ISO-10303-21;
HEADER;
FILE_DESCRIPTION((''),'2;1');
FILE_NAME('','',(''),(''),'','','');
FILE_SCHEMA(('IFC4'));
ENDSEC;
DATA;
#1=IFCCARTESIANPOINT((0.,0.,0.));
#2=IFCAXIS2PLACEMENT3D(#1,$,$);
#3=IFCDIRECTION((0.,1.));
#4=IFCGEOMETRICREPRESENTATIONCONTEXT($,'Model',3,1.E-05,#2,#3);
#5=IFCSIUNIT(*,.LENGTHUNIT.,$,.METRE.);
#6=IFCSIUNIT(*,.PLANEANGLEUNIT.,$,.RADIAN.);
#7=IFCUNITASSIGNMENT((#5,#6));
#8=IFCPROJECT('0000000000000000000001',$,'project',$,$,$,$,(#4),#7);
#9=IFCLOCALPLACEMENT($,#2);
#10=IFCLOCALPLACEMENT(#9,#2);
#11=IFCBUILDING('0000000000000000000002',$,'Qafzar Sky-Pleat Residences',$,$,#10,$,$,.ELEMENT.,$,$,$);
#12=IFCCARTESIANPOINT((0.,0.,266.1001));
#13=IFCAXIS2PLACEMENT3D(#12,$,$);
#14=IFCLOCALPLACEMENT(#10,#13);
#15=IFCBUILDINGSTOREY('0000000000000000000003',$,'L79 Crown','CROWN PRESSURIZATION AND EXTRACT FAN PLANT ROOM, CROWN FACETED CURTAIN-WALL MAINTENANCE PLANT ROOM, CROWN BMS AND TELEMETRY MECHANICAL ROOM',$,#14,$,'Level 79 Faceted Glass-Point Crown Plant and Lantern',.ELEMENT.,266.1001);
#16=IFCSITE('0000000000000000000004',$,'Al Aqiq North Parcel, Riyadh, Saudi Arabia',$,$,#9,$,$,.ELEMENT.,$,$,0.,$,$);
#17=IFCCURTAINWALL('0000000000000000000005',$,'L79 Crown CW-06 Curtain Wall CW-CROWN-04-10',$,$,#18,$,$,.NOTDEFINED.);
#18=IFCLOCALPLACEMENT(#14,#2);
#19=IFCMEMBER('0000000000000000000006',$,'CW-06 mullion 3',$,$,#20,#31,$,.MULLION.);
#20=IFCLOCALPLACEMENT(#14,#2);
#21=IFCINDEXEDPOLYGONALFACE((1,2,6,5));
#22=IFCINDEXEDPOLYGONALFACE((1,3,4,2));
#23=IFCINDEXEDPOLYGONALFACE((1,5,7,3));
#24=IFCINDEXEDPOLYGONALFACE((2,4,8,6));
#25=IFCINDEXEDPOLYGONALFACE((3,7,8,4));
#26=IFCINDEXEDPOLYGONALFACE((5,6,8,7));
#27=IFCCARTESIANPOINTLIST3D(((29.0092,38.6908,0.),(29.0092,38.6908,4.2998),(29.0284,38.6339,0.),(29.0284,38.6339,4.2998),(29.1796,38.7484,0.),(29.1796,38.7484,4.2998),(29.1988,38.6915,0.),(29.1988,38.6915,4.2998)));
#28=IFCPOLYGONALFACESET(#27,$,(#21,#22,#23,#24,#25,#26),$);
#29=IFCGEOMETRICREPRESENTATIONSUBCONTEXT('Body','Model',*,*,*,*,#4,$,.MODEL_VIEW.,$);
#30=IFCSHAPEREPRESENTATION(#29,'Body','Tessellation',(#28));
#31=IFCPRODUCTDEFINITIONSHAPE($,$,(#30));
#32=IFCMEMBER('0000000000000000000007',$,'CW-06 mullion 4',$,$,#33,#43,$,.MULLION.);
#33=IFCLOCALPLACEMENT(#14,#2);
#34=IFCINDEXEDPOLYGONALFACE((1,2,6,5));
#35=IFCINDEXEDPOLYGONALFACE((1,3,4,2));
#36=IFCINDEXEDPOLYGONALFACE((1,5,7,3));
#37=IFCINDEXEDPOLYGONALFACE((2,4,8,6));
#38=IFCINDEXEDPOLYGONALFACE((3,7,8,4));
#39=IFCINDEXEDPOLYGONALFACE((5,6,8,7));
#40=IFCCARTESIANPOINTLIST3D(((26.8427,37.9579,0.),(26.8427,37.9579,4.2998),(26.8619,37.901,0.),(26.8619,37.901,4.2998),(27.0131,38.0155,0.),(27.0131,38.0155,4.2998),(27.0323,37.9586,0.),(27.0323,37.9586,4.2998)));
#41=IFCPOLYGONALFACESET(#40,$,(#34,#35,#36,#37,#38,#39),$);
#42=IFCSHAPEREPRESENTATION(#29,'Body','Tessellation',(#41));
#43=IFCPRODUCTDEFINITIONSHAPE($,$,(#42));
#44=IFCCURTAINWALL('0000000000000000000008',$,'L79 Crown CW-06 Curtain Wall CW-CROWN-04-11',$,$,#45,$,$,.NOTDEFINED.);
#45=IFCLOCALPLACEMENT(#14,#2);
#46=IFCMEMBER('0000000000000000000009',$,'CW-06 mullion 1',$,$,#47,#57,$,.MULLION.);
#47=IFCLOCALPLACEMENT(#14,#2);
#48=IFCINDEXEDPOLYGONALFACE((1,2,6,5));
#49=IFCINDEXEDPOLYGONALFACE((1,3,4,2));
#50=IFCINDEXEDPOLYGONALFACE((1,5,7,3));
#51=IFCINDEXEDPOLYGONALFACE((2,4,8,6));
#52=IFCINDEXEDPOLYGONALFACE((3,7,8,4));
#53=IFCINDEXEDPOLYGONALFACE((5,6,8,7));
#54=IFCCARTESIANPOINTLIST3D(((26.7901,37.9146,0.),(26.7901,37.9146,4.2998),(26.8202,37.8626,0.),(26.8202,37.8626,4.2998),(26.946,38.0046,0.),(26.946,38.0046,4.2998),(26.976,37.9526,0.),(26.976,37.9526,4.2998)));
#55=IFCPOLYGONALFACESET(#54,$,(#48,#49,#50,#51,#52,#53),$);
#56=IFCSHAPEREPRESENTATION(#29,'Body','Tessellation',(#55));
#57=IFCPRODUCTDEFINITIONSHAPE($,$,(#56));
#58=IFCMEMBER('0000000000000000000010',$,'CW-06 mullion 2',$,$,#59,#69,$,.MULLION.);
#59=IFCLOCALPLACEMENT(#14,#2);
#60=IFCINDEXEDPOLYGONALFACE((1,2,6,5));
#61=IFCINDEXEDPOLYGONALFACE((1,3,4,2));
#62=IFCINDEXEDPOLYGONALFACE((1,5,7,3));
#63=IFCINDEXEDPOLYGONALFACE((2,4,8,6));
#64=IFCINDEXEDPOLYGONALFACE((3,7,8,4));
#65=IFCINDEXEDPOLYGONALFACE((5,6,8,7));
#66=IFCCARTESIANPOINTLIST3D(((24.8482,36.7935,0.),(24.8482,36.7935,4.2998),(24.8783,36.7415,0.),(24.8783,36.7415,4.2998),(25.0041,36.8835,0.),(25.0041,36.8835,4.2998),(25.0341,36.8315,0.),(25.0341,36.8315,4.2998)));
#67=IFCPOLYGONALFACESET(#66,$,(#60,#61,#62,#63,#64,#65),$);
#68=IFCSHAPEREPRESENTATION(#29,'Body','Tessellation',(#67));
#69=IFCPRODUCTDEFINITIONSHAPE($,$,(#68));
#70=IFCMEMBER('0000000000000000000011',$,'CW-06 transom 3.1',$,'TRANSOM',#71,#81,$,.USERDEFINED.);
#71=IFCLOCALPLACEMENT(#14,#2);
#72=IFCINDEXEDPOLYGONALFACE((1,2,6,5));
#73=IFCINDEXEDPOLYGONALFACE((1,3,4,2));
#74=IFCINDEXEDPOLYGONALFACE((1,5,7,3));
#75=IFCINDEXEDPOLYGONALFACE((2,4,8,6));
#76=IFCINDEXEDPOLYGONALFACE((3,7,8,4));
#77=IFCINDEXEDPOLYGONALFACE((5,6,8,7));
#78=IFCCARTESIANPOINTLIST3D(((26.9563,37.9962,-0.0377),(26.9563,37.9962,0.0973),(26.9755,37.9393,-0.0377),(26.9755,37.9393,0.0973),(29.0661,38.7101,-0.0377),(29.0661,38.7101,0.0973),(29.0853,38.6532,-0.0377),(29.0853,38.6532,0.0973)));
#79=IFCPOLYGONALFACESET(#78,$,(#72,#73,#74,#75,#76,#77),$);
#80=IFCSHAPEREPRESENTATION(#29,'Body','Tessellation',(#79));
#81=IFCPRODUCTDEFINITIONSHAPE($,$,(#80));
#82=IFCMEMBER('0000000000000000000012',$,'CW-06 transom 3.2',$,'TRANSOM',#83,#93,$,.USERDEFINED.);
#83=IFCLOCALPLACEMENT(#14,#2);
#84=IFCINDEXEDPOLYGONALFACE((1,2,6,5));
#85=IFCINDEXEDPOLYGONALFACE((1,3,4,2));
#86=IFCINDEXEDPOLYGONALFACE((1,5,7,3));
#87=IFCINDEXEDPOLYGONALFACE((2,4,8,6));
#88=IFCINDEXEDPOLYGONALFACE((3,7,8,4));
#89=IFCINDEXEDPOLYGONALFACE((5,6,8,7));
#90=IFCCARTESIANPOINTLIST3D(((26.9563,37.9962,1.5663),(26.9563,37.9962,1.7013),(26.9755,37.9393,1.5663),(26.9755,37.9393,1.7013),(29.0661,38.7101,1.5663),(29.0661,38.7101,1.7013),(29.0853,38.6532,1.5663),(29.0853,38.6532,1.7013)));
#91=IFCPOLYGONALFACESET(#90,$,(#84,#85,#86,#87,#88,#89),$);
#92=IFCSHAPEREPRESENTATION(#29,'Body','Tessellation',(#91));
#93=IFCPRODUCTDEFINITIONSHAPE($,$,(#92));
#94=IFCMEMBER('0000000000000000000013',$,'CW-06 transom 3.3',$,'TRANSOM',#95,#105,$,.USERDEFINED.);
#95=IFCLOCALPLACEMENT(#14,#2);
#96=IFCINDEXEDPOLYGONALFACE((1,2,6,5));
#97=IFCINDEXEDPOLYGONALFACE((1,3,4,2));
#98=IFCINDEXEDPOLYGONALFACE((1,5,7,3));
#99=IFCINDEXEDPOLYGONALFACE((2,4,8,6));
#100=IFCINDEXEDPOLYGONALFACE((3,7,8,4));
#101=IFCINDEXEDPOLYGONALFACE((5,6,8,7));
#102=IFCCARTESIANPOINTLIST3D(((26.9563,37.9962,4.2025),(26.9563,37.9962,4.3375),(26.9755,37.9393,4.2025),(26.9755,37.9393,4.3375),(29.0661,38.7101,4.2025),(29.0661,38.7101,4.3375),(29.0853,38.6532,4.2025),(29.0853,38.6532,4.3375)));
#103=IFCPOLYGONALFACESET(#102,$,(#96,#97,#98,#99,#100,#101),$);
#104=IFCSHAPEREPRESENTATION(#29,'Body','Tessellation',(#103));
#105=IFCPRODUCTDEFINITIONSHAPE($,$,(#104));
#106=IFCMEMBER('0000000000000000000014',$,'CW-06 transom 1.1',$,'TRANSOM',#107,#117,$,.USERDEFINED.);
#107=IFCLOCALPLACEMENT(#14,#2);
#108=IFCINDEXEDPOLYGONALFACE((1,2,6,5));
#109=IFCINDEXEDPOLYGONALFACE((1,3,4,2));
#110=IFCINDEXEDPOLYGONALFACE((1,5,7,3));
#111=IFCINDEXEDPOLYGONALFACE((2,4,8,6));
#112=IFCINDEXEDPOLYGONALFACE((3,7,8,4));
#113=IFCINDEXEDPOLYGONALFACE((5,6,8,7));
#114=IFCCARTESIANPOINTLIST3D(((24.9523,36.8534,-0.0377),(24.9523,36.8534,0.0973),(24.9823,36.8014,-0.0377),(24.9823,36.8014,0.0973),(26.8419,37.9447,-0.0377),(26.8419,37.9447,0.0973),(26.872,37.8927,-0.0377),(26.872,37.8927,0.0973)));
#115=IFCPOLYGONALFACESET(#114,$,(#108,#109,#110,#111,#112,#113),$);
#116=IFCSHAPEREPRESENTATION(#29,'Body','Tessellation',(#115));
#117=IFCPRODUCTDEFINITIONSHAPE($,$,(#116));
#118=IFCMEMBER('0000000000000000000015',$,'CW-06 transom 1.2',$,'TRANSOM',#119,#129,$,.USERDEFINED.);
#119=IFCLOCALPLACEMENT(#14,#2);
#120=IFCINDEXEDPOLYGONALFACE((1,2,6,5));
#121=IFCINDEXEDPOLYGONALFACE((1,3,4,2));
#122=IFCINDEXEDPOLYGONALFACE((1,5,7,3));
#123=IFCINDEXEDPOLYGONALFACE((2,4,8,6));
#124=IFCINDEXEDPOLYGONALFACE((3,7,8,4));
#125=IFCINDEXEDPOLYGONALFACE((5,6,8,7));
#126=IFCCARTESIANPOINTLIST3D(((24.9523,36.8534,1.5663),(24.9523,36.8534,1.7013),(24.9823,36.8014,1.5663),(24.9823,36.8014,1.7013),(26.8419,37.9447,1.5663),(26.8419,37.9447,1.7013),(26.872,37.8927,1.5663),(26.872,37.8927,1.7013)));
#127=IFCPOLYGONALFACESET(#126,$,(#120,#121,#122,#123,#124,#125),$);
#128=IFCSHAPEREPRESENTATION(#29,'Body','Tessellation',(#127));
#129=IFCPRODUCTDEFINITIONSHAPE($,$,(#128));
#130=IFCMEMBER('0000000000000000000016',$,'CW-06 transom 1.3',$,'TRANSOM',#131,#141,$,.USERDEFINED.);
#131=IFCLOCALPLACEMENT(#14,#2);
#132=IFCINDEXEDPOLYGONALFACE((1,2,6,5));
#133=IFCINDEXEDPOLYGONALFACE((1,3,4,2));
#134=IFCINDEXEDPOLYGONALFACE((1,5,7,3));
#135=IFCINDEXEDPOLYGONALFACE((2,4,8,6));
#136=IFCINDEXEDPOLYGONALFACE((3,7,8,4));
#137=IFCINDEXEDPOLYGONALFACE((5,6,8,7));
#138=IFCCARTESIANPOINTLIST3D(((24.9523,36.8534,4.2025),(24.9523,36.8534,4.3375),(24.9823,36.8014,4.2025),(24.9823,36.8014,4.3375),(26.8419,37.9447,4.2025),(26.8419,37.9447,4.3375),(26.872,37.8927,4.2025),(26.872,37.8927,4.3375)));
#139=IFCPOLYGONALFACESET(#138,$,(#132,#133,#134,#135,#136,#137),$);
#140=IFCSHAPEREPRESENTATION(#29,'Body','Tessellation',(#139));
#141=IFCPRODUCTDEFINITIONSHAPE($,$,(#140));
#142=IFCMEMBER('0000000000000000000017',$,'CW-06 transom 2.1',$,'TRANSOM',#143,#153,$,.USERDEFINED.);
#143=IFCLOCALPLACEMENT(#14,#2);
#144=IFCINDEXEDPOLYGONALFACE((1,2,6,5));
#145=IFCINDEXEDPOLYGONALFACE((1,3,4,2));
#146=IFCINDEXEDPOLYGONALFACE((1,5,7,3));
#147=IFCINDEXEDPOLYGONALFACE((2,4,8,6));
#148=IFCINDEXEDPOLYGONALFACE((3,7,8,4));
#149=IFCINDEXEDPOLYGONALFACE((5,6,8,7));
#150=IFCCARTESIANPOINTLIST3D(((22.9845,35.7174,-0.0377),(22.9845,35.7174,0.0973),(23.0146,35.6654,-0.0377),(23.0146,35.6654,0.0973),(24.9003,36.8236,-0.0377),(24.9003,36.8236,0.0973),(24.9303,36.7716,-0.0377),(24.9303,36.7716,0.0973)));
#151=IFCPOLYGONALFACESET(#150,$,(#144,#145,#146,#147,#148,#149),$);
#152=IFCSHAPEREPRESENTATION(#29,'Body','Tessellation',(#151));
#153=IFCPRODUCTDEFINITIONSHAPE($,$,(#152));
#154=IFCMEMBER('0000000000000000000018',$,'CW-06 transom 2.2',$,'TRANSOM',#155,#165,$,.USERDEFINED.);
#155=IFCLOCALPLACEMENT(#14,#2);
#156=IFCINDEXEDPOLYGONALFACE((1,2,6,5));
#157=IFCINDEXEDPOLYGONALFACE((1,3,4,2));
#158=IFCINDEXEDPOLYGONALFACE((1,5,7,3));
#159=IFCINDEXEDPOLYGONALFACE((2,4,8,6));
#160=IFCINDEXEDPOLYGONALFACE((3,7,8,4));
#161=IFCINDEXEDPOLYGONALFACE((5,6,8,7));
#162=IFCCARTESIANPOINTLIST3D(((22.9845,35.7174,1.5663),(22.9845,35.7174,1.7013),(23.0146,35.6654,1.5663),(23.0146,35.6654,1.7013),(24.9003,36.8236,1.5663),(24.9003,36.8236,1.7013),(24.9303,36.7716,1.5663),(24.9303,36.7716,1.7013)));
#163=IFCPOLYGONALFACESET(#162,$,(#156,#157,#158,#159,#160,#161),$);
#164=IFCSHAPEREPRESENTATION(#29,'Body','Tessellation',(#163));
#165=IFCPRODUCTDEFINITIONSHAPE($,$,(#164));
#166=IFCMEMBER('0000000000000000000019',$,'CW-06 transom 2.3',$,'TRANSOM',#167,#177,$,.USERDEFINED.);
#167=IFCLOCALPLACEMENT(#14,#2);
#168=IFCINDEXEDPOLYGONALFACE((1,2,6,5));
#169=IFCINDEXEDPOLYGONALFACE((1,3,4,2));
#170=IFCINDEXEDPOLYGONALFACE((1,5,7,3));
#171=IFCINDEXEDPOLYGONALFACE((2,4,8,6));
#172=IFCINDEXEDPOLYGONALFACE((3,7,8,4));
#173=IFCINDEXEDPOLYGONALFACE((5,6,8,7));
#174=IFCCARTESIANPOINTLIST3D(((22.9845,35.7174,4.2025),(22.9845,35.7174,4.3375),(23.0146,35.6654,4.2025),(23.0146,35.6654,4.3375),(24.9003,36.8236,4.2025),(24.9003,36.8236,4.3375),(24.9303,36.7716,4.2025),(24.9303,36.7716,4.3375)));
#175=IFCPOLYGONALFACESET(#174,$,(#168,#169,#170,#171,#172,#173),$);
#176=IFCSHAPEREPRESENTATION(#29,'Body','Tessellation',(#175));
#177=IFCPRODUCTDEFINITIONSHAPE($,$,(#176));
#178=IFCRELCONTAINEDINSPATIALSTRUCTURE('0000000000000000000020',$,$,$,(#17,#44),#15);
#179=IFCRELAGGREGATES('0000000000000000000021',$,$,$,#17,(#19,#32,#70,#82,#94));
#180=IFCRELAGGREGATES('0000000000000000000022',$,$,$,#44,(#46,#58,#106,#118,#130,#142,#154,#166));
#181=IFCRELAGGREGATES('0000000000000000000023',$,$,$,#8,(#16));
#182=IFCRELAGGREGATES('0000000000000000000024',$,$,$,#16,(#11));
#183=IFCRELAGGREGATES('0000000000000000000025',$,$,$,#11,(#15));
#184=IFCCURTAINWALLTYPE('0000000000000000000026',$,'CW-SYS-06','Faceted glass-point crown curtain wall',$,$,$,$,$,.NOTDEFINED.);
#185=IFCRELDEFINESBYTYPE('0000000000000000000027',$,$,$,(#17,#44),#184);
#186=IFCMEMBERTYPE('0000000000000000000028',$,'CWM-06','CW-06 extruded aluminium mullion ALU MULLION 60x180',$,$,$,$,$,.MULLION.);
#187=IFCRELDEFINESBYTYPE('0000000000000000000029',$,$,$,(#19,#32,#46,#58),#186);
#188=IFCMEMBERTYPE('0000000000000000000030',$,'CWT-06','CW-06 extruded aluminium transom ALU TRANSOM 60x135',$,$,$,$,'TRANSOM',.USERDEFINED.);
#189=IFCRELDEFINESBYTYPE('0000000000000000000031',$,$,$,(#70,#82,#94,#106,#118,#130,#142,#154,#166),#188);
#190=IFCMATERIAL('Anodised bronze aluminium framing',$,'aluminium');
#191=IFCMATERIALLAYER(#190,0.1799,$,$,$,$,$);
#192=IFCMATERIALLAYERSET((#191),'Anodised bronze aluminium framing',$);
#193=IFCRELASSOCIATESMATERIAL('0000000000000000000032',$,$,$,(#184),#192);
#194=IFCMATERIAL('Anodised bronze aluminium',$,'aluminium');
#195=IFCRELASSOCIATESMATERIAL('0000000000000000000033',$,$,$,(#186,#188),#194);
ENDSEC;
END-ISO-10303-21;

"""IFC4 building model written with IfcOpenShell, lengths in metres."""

from ifc_helpers import new_model, si_unit, direction, frame, origin, origin_2d, place, context, subcontext, project, spatial, rectangle, extrude, source, transform, mapped, material, layer, layer_set, material_profile, profile_set, type_object, element, aggregate, save


model = new_model("IFC4")

# Units and contexts
model_context = context("Model", 3, precision=1e-05, world=origin(), true_north=direction((0.0, 1.0)))
body_context = subcontext(model_context, "Body", "Model", "MODEL_VIEW")
ifc_project = project(units=[si_unit("LENGTHUNIT", "METRE"), si_unit("PLANEANGLEUNIT", "RADIAN")], contexts=[model_context])

# Site, building, storey
site_placement = place(None, origin())
site = spatial("IfcSite", under=ifc_project, at=site_placement, Name="Al Aqiq North Parcel, Riyadh, Saudi Arabia", CompositionType="ELEMENT", RefElevation=0.0)
building_placement = place(site_placement, origin())
building = spatial("IfcBuilding", under=site, at=building_placement, Name="Qafzar Sky-Pleat Residences", CompositionType="ELEMENT")
storey_placement = place(building_placement, frame((0.0, 0.0, 266.1001)))
storey = spatial("IfcBuildingStorey", under=building, at=storey_placement, Name="L79 Crown", Description="CROWN PRESSURIZATION AND EXTRACT FAN PLANT ROOM, CROWN FACETED CURTAIN-WALL MAINTENANCE PLANT ROOM, CROWN BMS AND TELEMETRY MECHANICAL ROOM", LongName="Level 79 Faceted Glass-Point Crown Plant and Lantern", CompositionType="ELEMENT", Elevation=266.1001)

# Curtain walls, members
ifc_material_1 = material(Name="Anodised bronze aluminium framing", Category="aluminium")
ifc_layer_1 = layer(ifc_material_1, 0.1799)
ifc_layer_set_1 = layer_set([ifc_layer_1], Name="Anodised bronze aluminium framing")
curtain_wall_type = type_object("IfcCurtainWallType", Name="CW-SYS-06", Description="Faceted glass-point crown curtain wall", PredefinedType="NOTDEFINED", material=ifc_layer_set_1)
curtain_wall_1_placement = place(storey_placement, origin())
curtain_wall_1 = element("IfcCurtainWall", 1, at=curtain_wall_1_placement, inside=storey, type_object=curtain_wall_type, Name="L79 Crown CW-06 Curtain Wall CW-CROWN-04-10", PredefinedType="NOTDEFINED")
ifc_material_2 = material(Name="Anodised bronze aluminium", Category="aluminium")
ifc_material_profile_1 = material_profile(ifc_material_2, rectangle(XDim=0.0601, YDim=0.1799, at=origin_2d()), Name="ALU MULLION 60x180")
ifc_profile_set_1 = profile_set([ifc_material_profile_1], Name="Anodised bronze aluminium")
member_type_1 = type_object("IfcMemberType", Name="CWM-06", Description="CW-06 extruded aluminium mullion ALU MULLION 60x180", PredefinedType="MULLION", material=ifc_profile_set_1)
shared_shape_1 = source(origin(), body_context, "Body", "SweptSolid", [
    extrude(rectangle(XDim=0.0601, YDim=0.1799, at=origin_2d()), origin(), (0.0, 0.0, 1.0), 4.2998),
])
member_1_placement = place(storey_placement, frame((29.104, 38.6912, 0.0), z_axis=(0.0, 0.0, 1.0), x_axis=(0.320445, -0.947267, 0.0)))
member_1 = element("IfcMember", 2, at=member_1_placement, type_object=member_type_1, Name="CW-06 mullion 3", PredefinedType="MULLION", context=body_context, shape_type="MappedRepresentation", body=[
    mapped(shared_shape_1, transform((0.0, 0.0, 0.0), x_axis=(1.0, 0.0, 0.0), y_axis=(0.0, 1.0, 0.0), z_axis=(0.0, 0.0, 1.0), scale=1.0)),
])
member_2_placement = place(storey_placement, frame((26.9375, 37.9583, 0.0), z_axis=(0.0, 0.0, 1.0), x_axis=(0.320445, -0.947267, 0.0)))
member_2 = element("IfcMember", 3, at=member_2_placement, type_object=member_type_1, Name="CW-06 mullion 4", PredefinedType="MULLION", context=body_context, shape_type="MappedRepresentation", body=[
    mapped(shared_shape_1, transform((0.0, 0.0, 0.0), x_axis=(1.0, 0.0, 0.0), y_axis=(0.0, 1.0, 0.0), z_axis=(0.0, 0.0, 1.0), scale=1.0)),
])
curtain_wall_2_placement = place(storey_placement, origin())
curtain_wall_2 = element("IfcCurtainWall", 4, at=curtain_wall_2_placement, inside=storey, type_object=curtain_wall_type, Name="L79 Crown CW-06 Curtain Wall CW-CROWN-04-11", PredefinedType="NOTDEFINED")
member_3_placement = place(storey_placement, frame((26.8831, 37.9336, 0.0), z_axis=(0.0, 0.0, 1.0), x_axis=(0.500003, -0.866024, 0.0)))
member_3 = element("IfcMember", 5, at=member_3_placement, type_object=member_type_1, Name="CW-06 mullion 1", PredefinedType="MULLION", context=body_context, shape_type="MappedRepresentation", body=[
    mapped(shared_shape_1, transform((0.0, 0.0, 0.0), x_axis=(1.0, 0.0, 0.0), y_axis=(0.0, 1.0, 0.0), z_axis=(0.0, 0.0, 1.0), scale=1.0)),
])
member_4_placement = place(storey_placement, frame((24.9412, 36.8125, 0.0), z_axis=(0.0, 0.0, 1.0), x_axis=(0.500003, -0.866024, 0.0)))
member_4 = element("IfcMember", 6, at=member_4_placement, type_object=member_type_1, Name="CW-06 mullion 2", PredefinedType="MULLION", context=body_context, shape_type="MappedRepresentation", body=[
    mapped(shared_shape_1, transform((0.0, 0.0, 0.0), x_axis=(1.0, 0.0, 0.0), y_axis=(0.0, 1.0, 0.0), z_axis=(0.0, 0.0, 1.0), scale=1.0)),
])

# Members
ifc_material_profile_2 = material_profile(ifc_material_2, rectangle(XDim=0.0601, YDim=0.135, at=origin_2d()), Name="ALU TRANSOM 60x135")
ifc_profile_set_2 = profile_set([ifc_material_profile_2], Name="Anodised bronze aluminium")
member_type_2 = type_object("IfcMemberType", Name="CWT-06", Description="CW-06 extruded aluminium transom ALU TRANSOM 60x135", ElementType="TRANSOM", PredefinedType="USERDEFINED", material=ifc_profile_set_2)
shared_shape_2 = source(origin(), body_context, "Body", "SweptSolid", [
    extrude(rectangle(XDim=0.0601, YDim=0.135, at=origin_2d()), origin(), (0.0, 0.0, 1.0), 2.2273),
])
member_5_placement = place(storey_placement, frame((29.0757, 38.6816, 0.0298), z_axis=(-0.947249, -0.320499, 0.0), x_axis=(0.320499, -0.947249, 0.0)))
member_5 = element("IfcMember", 7, at=member_5_placement, type_object=member_type_2, Name="CW-06 transom 3.1", ObjectType="TRANSOM", PredefinedType="USERDEFINED", context=body_context, shape_type="MappedRepresentation", body=[
    mapped(shared_shape_2, transform((0.0, 0.0, 0.0), x_axis=(1.0, 0.0, 0.0), y_axis=(0.0, 1.0, 0.0), z_axis=(0.0, 0.0, 1.0), scale=1.0)),
])
member_6_placement = place(storey_placement, frame((29.0757, 38.6816, 1.6338), z_axis=(-0.947249, -0.320499, 0.0), x_axis=(0.320499, -0.947249, 0.0)))
member_6 = element("IfcMember", 8, at=member_6_placement, type_object=member_type_2, Name="CW-06 transom 3.2", ObjectType="TRANSOM", PredefinedType="USERDEFINED", context=body_context, shape_type="MappedRepresentation", body=[
    mapped(shared_shape_2, transform((0.0, 0.0, 0.0), x_axis=(1.0, 0.0, 0.0), y_axis=(0.0, 1.0, 0.0), z_axis=(0.0, 0.0, 1.0), scale=1.0)),
])
member_7_placement = place(storey_placement, frame((29.0757, 38.6816, 4.27), z_axis=(-0.947249, -0.320499, 0.0), x_axis=(0.320499, -0.947249, 0.0)))
member_7 = element("IfcMember", 9, at=member_7_placement, type_object=member_type_2, Name="CW-06 transom 3.3", ObjectType="TRANSOM", PredefinedType="USERDEFINED", context=body_context, shape_type="MappedRepresentation", body=[
    mapped(shared_shape_2, transform((0.0, 0.0, 0.0), x_axis=(1.0, 0.0, 0.0), y_axis=(0.0, 1.0, 0.0), z_axis=(0.0, 0.0, 1.0), scale=1.0)),
])
shared_shape_3 = source(origin(), body_context, "Body", "SweptSolid", [
    extrude(rectangle(XDim=0.0601, YDim=0.135, at=origin_2d()), origin(), (0.0, 0.0, 1.0), 2.1821),
])
member_8_placement = place(storey_placement, frame((26.8569, 37.9187, 0.0298), z_axis=(-0.865962, -0.50011, 0.0), x_axis=(0.50011, -0.865962, 0.0)))
member_8 = element("IfcMember", 10, at=member_8_placement, type_object=member_type_2, Name="CW-06 transom 1.1", ObjectType="TRANSOM", PredefinedType="USERDEFINED", context=body_context, shape_type="MappedRepresentation", body=[
    mapped(shared_shape_3, transform((0.0, 0.0, 0.0), x_axis=(1.0, 0.0, 0.0), y_axis=(0.0, 1.0, 0.0), z_axis=(0.0, 0.0, 1.0), scale=1.0)),
])
member_9_placement = place(storey_placement, frame((26.8569, 37.9187, 1.6338), z_axis=(-0.865962, -0.50011, 0.0), x_axis=(0.50011, -0.865962, 0.0)))
member_9 = element("IfcMember", 11, at=member_9_placement, type_object=member_type_2, Name="CW-06 transom 1.2", ObjectType="TRANSOM", PredefinedType="USERDEFINED", context=body_context, shape_type="MappedRepresentation", body=[
    mapped(shared_shape_3, transform((0.0, 0.0, 0.0), x_axis=(1.0, 0.0, 0.0), y_axis=(0.0, 1.0, 0.0), z_axis=(0.0, 0.0, 1.0), scale=1.0)),
])
member_10_placement = place(storey_placement, frame((26.8569, 37.9187, 4.27), z_axis=(-0.865962, -0.50011, 0.0), x_axis=(0.50011, -0.865962, 0.0)))
member_10 = element("IfcMember", 12, at=member_10_placement, type_object=member_type_2, Name="CW-06 transom 1.3", ObjectType="TRANSOM", PredefinedType="USERDEFINED", context=body_context, shape_type="MappedRepresentation", body=[
    mapped(shared_shape_3, transform((0.0, 0.0, 0.0), x_axis=(1.0, 0.0, 0.0), y_axis=(0.0, 1.0, 0.0), z_axis=(0.0, 0.0, 1.0), scale=1.0)),
])
shared_shape_4 = source(origin(), body_context, "Body", "SweptSolid", [
    extrude(rectangle(XDim=0.0601, YDim=0.135, at=origin_2d()), origin(), (0.0, 0.0, 1.0), 2.2122),
])
member_11_placement = place(storey_placement, frame((24.9153, 36.7976, 0.0298), z_axis=(-0.866, -0.500044, 0.0), x_axis=(0.500044, -0.866, 0.0)))
member_11 = element("IfcMember", 13, at=member_11_placement, type_object=member_type_2, Name="CW-06 transom 2.1", ObjectType="TRANSOM", PredefinedType="USERDEFINED", context=body_context, shape_type="MappedRepresentation", body=[
    mapped(shared_shape_4, transform((0.0, 0.0, 0.0), x_axis=(1.0, 0.0, 0.0), y_axis=(0.0, 1.0, 0.0), z_axis=(0.0, 0.0, 1.0), scale=1.0)),
])
member_12_placement = place(storey_placement, frame((24.9153, 36.7976, 1.6338), z_axis=(-0.866, -0.500044, 0.0), x_axis=(0.500044, -0.866, 0.0)))
member_12 = element("IfcMember", 14, at=member_12_placement, type_object=member_type_2, Name="CW-06 transom 2.2", ObjectType="TRANSOM", PredefinedType="USERDEFINED", context=body_context, shape_type="MappedRepresentation", body=[
    mapped(shared_shape_4, transform((0.0, 0.0, 0.0), x_axis=(1.0, 0.0, 0.0), y_axis=(0.0, 1.0, 0.0), z_axis=(0.0, 0.0, 1.0), scale=1.0)),
])
member_13_placement = place(storey_placement, frame((24.9153, 36.7976, 4.27), z_axis=(-0.866, -0.500044, 0.0), x_axis=(0.500044, -0.866, 0.0)))
member_13 = element("IfcMember", 15, at=member_13_placement, type_object=member_type_2, Name="CW-06 transom 2.3", ObjectType="TRANSOM", PredefinedType="USERDEFINED", context=body_context, shape_type="MappedRepresentation", body=[
    mapped(shared_shape_4, transform((0.0, 0.0, 0.0), x_axis=(1.0, 0.0, 0.0), y_axis=(0.0, 1.0, 0.0), z_axis=(0.0, 0.0, 1.0), scale=1.0)),
])

aggregate(curtain_wall_1, [member_1, member_2, member_5, member_6, member_7])
aggregate(curtain_wall_2, [member_3, member_4, member_8, member_9, member_10, member_11, member_12, member_13])

save(model, "model.ifc")
